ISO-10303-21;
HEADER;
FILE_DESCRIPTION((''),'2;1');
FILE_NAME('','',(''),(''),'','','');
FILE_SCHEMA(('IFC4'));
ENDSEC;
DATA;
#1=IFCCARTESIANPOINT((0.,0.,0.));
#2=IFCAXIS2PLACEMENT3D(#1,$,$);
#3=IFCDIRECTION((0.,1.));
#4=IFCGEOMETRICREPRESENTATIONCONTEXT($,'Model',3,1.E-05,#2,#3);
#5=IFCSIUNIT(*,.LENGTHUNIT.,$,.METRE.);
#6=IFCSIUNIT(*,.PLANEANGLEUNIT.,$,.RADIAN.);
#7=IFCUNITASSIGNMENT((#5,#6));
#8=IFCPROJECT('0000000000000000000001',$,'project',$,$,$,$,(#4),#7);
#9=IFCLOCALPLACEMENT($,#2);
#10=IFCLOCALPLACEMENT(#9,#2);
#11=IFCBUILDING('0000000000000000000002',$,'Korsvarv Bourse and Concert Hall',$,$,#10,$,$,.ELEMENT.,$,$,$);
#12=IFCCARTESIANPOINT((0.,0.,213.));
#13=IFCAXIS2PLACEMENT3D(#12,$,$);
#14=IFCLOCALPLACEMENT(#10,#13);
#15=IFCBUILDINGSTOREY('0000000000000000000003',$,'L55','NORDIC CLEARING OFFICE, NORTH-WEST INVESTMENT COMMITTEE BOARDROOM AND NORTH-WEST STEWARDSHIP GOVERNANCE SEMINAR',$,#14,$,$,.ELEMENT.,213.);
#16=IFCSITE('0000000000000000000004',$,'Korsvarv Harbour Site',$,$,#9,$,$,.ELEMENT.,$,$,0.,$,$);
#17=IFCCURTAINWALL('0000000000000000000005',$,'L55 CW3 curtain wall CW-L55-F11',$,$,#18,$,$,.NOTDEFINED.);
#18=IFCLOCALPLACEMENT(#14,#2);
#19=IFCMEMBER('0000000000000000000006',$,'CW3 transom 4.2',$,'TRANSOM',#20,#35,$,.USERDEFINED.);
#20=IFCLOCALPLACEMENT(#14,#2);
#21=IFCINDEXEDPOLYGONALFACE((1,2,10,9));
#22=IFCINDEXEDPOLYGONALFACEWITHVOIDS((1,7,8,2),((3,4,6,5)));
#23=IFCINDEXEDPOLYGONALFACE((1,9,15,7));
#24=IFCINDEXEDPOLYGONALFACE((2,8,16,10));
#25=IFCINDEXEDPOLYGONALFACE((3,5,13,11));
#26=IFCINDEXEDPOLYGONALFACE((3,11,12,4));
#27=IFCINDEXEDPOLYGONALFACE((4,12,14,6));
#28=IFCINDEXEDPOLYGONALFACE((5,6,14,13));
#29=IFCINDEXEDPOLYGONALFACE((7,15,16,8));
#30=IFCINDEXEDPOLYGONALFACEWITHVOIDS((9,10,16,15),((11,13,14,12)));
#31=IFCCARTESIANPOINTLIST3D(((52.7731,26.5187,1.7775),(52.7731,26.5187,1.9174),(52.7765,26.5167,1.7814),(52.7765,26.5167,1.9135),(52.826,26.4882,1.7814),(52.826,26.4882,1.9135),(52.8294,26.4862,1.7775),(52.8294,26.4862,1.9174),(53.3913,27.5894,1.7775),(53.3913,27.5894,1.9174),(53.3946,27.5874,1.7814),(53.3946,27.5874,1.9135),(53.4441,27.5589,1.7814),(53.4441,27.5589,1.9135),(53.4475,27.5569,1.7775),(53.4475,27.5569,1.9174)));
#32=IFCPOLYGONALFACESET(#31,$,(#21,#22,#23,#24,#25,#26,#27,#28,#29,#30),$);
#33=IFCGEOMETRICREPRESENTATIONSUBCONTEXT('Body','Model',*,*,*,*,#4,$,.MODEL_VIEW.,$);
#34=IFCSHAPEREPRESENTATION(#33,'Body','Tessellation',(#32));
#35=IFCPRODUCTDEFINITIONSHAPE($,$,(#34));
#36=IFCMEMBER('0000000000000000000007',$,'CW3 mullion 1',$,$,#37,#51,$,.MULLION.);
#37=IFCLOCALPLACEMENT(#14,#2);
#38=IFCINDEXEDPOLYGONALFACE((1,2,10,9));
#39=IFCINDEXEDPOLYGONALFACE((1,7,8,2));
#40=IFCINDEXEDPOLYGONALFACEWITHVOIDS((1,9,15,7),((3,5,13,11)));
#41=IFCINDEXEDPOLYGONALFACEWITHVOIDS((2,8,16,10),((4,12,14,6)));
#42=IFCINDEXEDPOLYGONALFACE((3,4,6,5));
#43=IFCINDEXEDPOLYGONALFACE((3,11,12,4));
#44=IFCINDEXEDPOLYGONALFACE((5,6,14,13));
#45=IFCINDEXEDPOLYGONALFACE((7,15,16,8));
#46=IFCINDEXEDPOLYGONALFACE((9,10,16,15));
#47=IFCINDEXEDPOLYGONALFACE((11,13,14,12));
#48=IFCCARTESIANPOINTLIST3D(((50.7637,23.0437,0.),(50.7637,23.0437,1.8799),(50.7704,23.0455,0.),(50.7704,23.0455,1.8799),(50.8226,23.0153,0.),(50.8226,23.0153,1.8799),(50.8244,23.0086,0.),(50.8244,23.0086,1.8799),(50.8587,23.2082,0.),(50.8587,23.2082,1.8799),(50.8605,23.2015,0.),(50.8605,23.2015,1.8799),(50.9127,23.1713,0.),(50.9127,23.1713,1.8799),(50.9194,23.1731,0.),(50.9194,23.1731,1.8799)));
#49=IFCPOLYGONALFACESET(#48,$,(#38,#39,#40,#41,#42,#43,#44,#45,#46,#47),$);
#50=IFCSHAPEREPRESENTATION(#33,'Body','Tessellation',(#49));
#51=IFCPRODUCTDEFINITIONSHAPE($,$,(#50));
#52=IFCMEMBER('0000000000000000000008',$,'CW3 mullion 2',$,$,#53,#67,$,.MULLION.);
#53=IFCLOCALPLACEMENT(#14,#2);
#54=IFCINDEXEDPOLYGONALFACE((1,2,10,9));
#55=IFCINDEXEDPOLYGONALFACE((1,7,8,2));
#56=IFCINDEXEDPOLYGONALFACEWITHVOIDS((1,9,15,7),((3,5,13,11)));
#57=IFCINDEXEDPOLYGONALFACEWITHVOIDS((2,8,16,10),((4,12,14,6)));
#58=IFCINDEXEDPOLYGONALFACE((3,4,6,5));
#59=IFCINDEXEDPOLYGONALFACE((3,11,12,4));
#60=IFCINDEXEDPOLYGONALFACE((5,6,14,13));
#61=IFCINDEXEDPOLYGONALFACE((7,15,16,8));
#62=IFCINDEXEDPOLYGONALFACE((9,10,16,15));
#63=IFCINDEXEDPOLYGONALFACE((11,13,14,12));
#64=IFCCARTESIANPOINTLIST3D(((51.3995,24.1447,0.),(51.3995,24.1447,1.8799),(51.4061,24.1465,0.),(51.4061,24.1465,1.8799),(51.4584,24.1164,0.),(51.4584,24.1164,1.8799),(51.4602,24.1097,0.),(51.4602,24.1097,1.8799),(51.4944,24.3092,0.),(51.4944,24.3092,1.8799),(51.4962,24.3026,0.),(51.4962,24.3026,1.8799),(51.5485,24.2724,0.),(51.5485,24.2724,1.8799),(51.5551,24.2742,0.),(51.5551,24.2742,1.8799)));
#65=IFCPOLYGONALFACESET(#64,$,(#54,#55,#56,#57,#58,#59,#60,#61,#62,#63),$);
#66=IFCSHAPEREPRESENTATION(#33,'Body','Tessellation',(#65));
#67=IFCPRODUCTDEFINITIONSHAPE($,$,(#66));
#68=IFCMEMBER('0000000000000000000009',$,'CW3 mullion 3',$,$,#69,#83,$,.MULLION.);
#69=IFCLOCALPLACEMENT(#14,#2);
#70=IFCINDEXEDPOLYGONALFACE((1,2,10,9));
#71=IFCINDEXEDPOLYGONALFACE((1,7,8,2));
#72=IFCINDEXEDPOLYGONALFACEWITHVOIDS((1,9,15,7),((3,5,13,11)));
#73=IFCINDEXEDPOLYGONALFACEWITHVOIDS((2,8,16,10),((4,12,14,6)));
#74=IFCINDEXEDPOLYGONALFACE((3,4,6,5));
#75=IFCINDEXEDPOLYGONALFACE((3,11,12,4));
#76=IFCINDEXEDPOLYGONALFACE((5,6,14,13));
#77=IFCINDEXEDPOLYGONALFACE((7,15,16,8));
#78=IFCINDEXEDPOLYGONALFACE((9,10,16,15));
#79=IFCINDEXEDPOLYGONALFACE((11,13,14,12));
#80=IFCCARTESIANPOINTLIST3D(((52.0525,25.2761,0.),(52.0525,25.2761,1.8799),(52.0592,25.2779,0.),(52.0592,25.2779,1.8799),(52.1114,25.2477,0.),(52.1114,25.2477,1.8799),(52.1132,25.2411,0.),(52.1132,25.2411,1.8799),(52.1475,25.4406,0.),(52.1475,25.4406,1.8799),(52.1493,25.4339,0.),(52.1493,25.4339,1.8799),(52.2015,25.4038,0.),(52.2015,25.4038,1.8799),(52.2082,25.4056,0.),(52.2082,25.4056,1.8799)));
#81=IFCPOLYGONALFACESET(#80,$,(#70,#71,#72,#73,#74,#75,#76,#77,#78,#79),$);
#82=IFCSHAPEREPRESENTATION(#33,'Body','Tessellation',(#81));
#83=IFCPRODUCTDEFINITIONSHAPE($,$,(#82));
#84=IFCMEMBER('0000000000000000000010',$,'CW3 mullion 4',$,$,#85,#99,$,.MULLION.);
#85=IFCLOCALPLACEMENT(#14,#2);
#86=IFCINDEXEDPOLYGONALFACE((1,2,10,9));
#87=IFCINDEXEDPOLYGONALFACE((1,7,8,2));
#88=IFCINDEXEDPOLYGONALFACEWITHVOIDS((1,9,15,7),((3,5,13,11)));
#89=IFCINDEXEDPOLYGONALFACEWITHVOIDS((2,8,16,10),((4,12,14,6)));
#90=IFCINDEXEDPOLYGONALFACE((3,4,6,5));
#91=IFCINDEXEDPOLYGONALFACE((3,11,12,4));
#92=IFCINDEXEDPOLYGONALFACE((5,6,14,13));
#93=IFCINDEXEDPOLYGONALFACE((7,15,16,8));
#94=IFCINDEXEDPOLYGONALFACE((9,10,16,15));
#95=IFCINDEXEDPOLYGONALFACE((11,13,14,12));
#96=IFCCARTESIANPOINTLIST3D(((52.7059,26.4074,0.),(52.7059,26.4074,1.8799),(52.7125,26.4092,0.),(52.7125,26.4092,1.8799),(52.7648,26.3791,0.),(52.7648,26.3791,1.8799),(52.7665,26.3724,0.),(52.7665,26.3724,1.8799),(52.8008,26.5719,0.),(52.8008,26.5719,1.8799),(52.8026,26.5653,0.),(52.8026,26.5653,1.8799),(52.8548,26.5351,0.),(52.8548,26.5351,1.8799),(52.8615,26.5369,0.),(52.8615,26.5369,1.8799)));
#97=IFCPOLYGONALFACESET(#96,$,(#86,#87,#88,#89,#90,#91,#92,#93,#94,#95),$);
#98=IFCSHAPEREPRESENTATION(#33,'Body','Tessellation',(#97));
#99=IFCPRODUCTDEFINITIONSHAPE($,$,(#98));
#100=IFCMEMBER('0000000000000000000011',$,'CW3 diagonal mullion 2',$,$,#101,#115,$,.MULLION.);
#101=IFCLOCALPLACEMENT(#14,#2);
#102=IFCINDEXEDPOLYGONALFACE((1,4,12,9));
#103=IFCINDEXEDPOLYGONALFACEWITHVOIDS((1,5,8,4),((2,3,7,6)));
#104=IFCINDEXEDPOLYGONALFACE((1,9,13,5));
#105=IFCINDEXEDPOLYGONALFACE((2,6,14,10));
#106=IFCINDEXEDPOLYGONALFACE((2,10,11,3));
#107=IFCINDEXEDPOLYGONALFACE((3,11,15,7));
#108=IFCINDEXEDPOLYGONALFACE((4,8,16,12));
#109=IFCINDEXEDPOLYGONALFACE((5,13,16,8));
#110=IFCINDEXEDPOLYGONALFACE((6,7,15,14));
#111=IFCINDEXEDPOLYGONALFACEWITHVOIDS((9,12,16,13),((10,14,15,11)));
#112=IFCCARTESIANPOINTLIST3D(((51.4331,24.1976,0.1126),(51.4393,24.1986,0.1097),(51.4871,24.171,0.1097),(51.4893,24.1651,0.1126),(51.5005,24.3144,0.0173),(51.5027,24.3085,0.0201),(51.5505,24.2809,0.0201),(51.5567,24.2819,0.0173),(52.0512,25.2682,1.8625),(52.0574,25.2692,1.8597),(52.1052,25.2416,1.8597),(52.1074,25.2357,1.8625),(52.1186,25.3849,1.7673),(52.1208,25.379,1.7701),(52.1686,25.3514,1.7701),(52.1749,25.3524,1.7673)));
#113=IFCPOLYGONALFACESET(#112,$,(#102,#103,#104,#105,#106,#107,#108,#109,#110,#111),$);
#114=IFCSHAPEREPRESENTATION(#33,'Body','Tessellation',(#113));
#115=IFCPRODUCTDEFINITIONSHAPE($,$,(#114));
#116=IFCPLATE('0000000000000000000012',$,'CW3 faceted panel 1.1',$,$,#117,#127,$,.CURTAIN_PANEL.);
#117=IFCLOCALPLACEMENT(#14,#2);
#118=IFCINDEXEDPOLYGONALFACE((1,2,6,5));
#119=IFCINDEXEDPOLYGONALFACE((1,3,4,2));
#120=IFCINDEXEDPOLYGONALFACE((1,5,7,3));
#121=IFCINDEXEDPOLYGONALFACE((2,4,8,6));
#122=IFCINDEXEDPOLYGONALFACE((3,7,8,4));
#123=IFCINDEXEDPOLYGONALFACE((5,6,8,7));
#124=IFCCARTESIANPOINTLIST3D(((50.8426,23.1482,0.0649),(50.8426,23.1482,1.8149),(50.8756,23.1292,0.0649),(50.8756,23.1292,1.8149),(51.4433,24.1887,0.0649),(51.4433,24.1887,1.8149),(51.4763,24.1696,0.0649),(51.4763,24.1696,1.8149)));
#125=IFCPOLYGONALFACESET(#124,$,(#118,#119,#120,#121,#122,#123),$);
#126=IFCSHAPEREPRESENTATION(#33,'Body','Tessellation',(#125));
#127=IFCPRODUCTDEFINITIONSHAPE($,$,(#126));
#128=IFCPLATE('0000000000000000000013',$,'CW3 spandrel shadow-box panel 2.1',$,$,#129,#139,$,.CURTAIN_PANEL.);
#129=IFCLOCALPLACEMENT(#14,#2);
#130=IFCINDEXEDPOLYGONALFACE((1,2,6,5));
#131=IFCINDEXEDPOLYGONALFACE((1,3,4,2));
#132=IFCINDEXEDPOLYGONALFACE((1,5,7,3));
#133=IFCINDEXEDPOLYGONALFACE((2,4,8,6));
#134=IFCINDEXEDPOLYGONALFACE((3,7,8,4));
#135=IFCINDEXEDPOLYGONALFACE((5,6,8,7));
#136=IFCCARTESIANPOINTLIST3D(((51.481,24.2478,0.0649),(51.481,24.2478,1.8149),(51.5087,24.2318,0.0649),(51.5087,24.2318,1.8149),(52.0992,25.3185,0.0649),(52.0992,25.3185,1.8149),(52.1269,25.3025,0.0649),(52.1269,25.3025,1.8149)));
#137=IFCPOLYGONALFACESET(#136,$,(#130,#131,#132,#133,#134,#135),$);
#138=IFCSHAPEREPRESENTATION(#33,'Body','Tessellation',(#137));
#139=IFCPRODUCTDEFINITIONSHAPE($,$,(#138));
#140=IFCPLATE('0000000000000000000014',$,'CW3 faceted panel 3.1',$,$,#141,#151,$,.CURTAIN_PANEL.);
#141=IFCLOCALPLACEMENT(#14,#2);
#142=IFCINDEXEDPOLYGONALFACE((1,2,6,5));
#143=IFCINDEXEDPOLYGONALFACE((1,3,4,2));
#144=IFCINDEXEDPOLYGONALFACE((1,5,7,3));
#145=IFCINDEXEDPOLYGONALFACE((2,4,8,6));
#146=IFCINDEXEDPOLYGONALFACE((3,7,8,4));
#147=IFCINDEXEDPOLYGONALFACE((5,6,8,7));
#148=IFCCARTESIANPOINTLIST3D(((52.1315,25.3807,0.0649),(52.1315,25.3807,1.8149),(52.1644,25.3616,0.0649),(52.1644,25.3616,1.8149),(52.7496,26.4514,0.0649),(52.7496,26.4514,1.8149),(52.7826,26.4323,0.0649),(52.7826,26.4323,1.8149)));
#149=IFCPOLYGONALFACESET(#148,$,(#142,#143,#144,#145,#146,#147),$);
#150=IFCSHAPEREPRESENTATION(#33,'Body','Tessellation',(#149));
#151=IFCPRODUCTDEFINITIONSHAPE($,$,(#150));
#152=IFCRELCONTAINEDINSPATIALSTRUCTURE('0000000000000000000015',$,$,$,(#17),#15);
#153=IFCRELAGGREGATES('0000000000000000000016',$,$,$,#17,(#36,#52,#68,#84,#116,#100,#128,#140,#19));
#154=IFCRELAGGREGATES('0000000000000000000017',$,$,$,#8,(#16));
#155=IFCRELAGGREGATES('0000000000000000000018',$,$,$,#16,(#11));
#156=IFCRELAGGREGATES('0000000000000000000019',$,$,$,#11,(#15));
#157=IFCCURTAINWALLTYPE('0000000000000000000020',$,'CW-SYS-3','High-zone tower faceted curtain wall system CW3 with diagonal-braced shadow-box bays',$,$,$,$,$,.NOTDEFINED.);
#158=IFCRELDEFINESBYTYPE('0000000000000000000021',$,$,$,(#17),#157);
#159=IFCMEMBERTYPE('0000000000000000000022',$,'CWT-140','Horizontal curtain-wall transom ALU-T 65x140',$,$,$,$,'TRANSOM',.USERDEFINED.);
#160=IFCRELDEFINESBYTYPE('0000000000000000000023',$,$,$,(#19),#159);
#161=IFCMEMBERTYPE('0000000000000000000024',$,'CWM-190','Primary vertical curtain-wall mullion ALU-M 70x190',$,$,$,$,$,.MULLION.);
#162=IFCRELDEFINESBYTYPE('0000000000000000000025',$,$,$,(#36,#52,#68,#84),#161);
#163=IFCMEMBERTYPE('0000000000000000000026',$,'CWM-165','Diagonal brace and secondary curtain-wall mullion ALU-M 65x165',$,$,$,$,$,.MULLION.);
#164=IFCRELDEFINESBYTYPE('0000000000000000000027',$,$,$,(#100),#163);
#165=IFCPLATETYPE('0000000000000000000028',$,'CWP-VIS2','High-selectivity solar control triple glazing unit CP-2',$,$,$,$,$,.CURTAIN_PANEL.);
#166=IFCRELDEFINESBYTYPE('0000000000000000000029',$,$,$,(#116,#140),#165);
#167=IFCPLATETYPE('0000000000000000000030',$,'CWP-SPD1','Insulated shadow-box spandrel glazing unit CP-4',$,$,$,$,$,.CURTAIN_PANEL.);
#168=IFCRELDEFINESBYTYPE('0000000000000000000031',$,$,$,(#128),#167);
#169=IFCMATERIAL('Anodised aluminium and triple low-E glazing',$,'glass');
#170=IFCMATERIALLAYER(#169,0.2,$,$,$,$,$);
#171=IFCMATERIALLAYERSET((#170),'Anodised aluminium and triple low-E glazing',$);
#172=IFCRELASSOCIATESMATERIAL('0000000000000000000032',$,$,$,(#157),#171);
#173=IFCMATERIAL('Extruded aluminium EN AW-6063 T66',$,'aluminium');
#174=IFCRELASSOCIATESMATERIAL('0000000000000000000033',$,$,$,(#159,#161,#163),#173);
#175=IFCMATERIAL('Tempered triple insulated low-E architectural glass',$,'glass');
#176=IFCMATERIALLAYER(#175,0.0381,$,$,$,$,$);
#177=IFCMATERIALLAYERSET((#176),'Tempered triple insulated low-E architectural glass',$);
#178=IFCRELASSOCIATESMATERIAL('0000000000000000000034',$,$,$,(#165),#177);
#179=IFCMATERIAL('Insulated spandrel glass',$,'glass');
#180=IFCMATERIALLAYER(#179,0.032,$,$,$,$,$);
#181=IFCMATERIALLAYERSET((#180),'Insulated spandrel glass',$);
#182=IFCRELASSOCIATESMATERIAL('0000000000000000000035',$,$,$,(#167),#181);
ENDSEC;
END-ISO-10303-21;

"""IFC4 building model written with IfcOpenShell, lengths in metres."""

from ifc_helpers import new_model, si_unit, direction, frame, origin, origin_2d, place, context, subcontext, project, spatial, rectangle, hollow_rectangle, extrude, source, transform, mapped, material, layer, layer_set, material_profile, profile_set, type_object, element, aggregate, save


model = new_model("IFC4")

# Units and contexts
model_context = context("Model", 3, precision=1e-05, world=origin(), true_north=direction((0.0, 1.0)))
body_context = subcontext(model_context, "Body", "Model", "MODEL_VIEW")
ifc_project = project(units=[si_unit("LENGTHUNIT", "METRE"), si_unit("PLANEANGLEUNIT", "RADIAN")], contexts=[model_context])

# Site, building, storey
site_placement = place(None, origin())
site = spatial("IfcSite", under=ifc_project, at=site_placement, Name="Korsvarv Harbour Site", CompositionType="ELEMENT", RefElevation=0.0)
building_placement = place(site_placement, origin())
building = spatial("IfcBuilding", under=site, at=building_placement, Name="Korsvarv Bourse and Concert Hall", CompositionType="ELEMENT")
storey_placement = place(building_placement, frame((0.0, 0.0, 213.0)))
storey = spatial("IfcBuildingStorey", under=building, at=storey_placement, Name="L55", Description="NORDIC CLEARING OFFICE, NORTH-WEST INVESTMENT COMMITTEE BOARDROOM AND NORTH-WEST STEWARDSHIP GOVERNANCE SEMINAR", CompositionType="ELEMENT", Elevation=213.0)

# Curtain wall, members, plates
ifc_material_1 = material(Name="Anodised aluminium and triple low-E glazing", Category="glass")
ifc_layer_1 = layer(ifc_material_1, 0.2)
ifc_layer_set_1 = layer_set([ifc_layer_1], Name="Anodised aluminium and triple low-E glazing")
curtain_wall_type = type_object("IfcCurtainWallType", Name="CW-SYS-3", Description="High-zone tower faceted curtain wall system CW3 with diagonal-braced shadow-box bays", PredefinedType="NOTDEFINED", material=ifc_layer_set_1)
curtain_wall_placement = place(storey_placement, origin())
curtain_wall = element("IfcCurtainWall", 1, at=curtain_wall_placement, inside=storey, type_object=curtain_wall_type, Name="L55 CW3 curtain wall CW-L55-F11", PredefinedType="NOTDEFINED")
ifc_material_2 = material(Name="Extruded aluminium EN AW-6063 T66", Category="aluminium")
ifc_material_profile_1 = material_profile(ifc_material_2, hollow_rectangle(XDim=0.0649, YDim=0.1399, WallThickness=0.0039, at=origin_2d()), Name="ALU-T 65x140")
ifc_profile_set_1 = profile_set([ifc_material_profile_1], Name="Extruded aluminium EN AW-6063 T66")
member_type_1 = type_object("IfcMemberType", Name="CWT-140", Description="Horizontal curtain-wall transom ALU-T 65x140", ElementType="TRANSOM", PredefinedType="USERDEFINED", material=ifc_profile_set_1)
shared_shape_1 = source(origin(), body_context, "Body", "SweptSolid", [
    extrude(hollow_rectangle(XDim=0.0649, YDim=0.1399, WallThickness=0.0039, at=origin_2d()), origin(), (0.0, 0.0, 1.0), 1.2363),
])
member_1_placement = place(storey_placement, frame((52.8013, 26.5024, 1.8474), z_axis=(0.499962, 0.866047, 0.0), x_axis=(-0.866047, 0.499962, 0.0)))
member_1 = element("IfcMember", 2, at=member_1_placement, type_object=member_type_1, Name="CW3 transom 4.2", ObjectType="TRANSOM", PredefinedType="USERDEFINED", context=body_context, shape_type="MappedRepresentation", body=[
    mapped(shared_shape_1, transform((0.0, 0.0, 0.0), scale=1.0)),
])
ifc_material_profile_2 = material_profile(ifc_material_2, hollow_rectangle(XDim=0.0701, YDim=0.1899, WallThickness=0.0049, at=origin_2d()), Name="ALU-M 70x190")
ifc_profile_set_2 = profile_set([ifc_material_profile_2], Name="Extruded aluminium EN AW-6063 T66")
member_type_2 = type_object("IfcMemberType", Name="CWM-190", Description="Primary vertical curtain-wall mullion ALU-M 70x190", PredefinedType="MULLION", material=ifc_profile_set_2)
shared_shape_2 = source(origin(), body_context, "Body", "SweptSolid", [
    extrude(hollow_rectangle(XDim=0.0701, YDim=0.1899, WallThickness=0.0049, at=origin_2d()), origin(), (0.0, 0.0, 1.0), 1.8799),
])
member_2_placement = place(storey_placement, frame((50.8416, 23.1084, 0.0), z_axis=(0.0, 0.0, 1.0), x_axis=(-0.866027, 0.499997, 0.0)))
member_2 = element("IfcMember", 3, at=member_2_placement, type_object=member_type_2, Name="CW3 mullion 1", PredefinedType="MULLION", context=body_context, shape_type="MappedRepresentation", body=[
    mapped(shared_shape_2, transform((0.0, 0.0, 0.0), scale=1.0)),
])
member_3_placement = place(storey_placement, frame((51.4773, 24.2095, 0.0), z_axis=(0.0, 0.0, 1.0), x_axis=(-0.866027, 0.499997, 0.0)))
member_3 = element("IfcMember", 4, at=member_3_placement, type_object=member_type_2, Name="CW3 mullion 2", PredefinedType="MULLION", context=body_context, shape_type="MappedRepresentation", body=[
    mapped(shared_shape_2, transform((0.0, 0.0, 0.0), scale=1.0)),
])
member_4_placement = place(storey_placement, frame((52.1304, 25.3408, 0.0), z_axis=(0.0, 0.0, 1.0), x_axis=(-0.866027, 0.499997, 0.0)))
member_4 = element("IfcMember", 5, at=member_4_placement, type_object=member_type_2, Name="CW3 mullion 3", PredefinedType="MULLION", context=body_context, shape_type="MappedRepresentation", body=[
    mapped(shared_shape_2, transform((0.0, 0.0, 0.0), scale=1.0)),
])
member_5_placement = place(storey_placement, frame((52.7837, 26.4722, 0.0), z_axis=(0.0, 0.0, 1.0), x_axis=(-0.866027, 0.499997, 0.0)))
member_5 = element("IfcMember", 6, at=member_5_placement, type_object=member_type_2, Name="CW3 mullion 4", PredefinedType="MULLION", context=body_context, shape_type="MappedRepresentation", body=[
    mapped(shared_shape_2, transform((0.0, 0.0, 0.0), scale=1.0)),
])
ifc_material_profile_3 = material_profile(ifc_material_2, hollow_rectangle(XDim=0.0649, YDim=0.165, WallThickness=0.0049, at=origin_2d()), Name="ALU-M 65x165")
ifc_profile_set_3 = profile_set([ifc_material_profile_3], Name="Extruded aluminium EN AW-6063 T66")
member_type_3 = type_object("IfcMemberType", Name="CWM-165", Description="Diagonal brace and secondary curtain-wall mullion ALU-M 65x165", PredefinedType="MULLION", material=ifc_profile_set_3)
shared_shape_3 = source(origin(), body_context, "Body", "SweptSolid", [
    extrude(hollow_rectangle(XDim=0.0649, YDim=0.165, WallThickness=0.0049, at=origin_2d()), origin(), (0.0, 0.0, 1.0), 2.1426),
])
member_6_placement = place(storey_placement, frame((51.4949, 24.2397, 0.0649), z_axis=(0.288512, 0.499654, 0.816766), x_axis=(-0.865998, 0.500047, 0.0)))
member_6 = element("IfcMember", 7, at=member_6_placement, type_object=member_type_3, Name="CW3 diagonal mullion 2", PredefinedType="MULLION", context=body_context, shape_type="MappedRepresentation", body=[
    mapped(shared_shape_3, transform((0.0, 0.0, 0.0), scale=1.0)),
])
ifc_material_3 = material(Name="Tempered triple insulated low-E architectural glass", Category="glass")
ifc_layer_2 = layer(ifc_material_3, 0.0381)
ifc_layer_set_2 = layer_set([ifc_layer_2], Name="Tempered triple insulated low-E architectural glass")
plate_type_1 = type_object("IfcPlateType", Name="CWP-VIS2", Description="High-selectivity solar control triple glazing unit CP-2", PredefinedType="CURTAIN_PANEL", material=ifc_layer_set_2)
shared_shape_4 = source(origin(), body_context, "Body", "SweptSolid", [
    extrude(rectangle(XDim=1.2014, YDim=0.0381, at=origin_2d()), origin(), (0.0, 0.0, 1.0), 1.75),
])
plate_1_placement = place(storey_placement, frame((51.1594, 23.6589, 0.0649), z_axis=(0.0, 0.0, 1.0), x_axis=(0.499997, 0.866027, 0.0)))
plate_1 = element("IfcPlate", 8, at=plate_1_placement, type_object=plate_type_1, Name="CW3 faceted panel 1.1", PredefinedType="CURTAIN_PANEL", context=body_context, shape_type="MappedRepresentation", body=[
    mapped(shared_shape_4, transform((0.0, 0.0, 0.0), scale=1.0)),
])
ifc_material_4 = material(Name="Insulated spandrel glass", Category="glass")
ifc_layer_3 = layer(ifc_material_4, 0.032)
ifc_layer_set_3 = layer_set([ifc_layer_3], Name="Insulated spandrel glass")
plate_type_2 = type_object("IfcPlateType", Name="CWP-SPD1", Description="Insulated shadow-box spandrel glazing unit CP-4", PredefinedType="CURTAIN_PANEL", material=ifc_layer_set_3)
shared_shape_5 = source(origin(), body_context, "Body", "SweptSolid", [
    extrude(rectangle(XDim=1.2363, YDim=0.032, at=origin_2d()), origin(), (0.0, 0.0, 1.0), 1.75),
])
plate_2_placement = place(storey_placement, frame((51.804, 24.7751, 0.0649), z_axis=(0.0, 0.0, 1.0), x_axis=(0.499997, 0.866027, 0.0)))
plate_2 = element("IfcPlate", 9, at=plate_2_placement, type_object=plate_type_2, Name="CW3 spandrel shadow-box panel 2.1", PredefinedType="CURTAIN_PANEL", context=body_context, shape_type="MappedRepresentation", body=[
    mapped(shared_shape_5, transform((0.0, 0.0, 0.0), scale=1.0)),
])
shared_shape_6 = source(origin(), body_context, "Body", "SweptSolid", [
    extrude(rectangle(XDim=1.2363, YDim=0.0381, at=origin_2d()), origin(), (0.0, 0.0, 1.0), 1.75),
])
plate_3_placement = place(storey_placement, frame((52.457, 25.9065, 0.0649), z_axis=(0.0, 0.0, 1.0), x_axis=(0.499997, 0.866027, 0.0)))
plate_3 = element("IfcPlate", 10, at=plate_3_placement, type_object=plate_type_1, Name="CW3 faceted panel 3.1", PredefinedType="CURTAIN_PANEL", context=body_context, shape_type="MappedRepresentation", body=[
    mapped(shared_shape_6, transform((0.0, 0.0, 0.0), scale=1.0)),
])
aggregate(curtain_wall, [member_2, member_3, member_4, member_5, plate_1, member_6, plate_2, plate_3, member_1])

save(model, "model.ifc")
